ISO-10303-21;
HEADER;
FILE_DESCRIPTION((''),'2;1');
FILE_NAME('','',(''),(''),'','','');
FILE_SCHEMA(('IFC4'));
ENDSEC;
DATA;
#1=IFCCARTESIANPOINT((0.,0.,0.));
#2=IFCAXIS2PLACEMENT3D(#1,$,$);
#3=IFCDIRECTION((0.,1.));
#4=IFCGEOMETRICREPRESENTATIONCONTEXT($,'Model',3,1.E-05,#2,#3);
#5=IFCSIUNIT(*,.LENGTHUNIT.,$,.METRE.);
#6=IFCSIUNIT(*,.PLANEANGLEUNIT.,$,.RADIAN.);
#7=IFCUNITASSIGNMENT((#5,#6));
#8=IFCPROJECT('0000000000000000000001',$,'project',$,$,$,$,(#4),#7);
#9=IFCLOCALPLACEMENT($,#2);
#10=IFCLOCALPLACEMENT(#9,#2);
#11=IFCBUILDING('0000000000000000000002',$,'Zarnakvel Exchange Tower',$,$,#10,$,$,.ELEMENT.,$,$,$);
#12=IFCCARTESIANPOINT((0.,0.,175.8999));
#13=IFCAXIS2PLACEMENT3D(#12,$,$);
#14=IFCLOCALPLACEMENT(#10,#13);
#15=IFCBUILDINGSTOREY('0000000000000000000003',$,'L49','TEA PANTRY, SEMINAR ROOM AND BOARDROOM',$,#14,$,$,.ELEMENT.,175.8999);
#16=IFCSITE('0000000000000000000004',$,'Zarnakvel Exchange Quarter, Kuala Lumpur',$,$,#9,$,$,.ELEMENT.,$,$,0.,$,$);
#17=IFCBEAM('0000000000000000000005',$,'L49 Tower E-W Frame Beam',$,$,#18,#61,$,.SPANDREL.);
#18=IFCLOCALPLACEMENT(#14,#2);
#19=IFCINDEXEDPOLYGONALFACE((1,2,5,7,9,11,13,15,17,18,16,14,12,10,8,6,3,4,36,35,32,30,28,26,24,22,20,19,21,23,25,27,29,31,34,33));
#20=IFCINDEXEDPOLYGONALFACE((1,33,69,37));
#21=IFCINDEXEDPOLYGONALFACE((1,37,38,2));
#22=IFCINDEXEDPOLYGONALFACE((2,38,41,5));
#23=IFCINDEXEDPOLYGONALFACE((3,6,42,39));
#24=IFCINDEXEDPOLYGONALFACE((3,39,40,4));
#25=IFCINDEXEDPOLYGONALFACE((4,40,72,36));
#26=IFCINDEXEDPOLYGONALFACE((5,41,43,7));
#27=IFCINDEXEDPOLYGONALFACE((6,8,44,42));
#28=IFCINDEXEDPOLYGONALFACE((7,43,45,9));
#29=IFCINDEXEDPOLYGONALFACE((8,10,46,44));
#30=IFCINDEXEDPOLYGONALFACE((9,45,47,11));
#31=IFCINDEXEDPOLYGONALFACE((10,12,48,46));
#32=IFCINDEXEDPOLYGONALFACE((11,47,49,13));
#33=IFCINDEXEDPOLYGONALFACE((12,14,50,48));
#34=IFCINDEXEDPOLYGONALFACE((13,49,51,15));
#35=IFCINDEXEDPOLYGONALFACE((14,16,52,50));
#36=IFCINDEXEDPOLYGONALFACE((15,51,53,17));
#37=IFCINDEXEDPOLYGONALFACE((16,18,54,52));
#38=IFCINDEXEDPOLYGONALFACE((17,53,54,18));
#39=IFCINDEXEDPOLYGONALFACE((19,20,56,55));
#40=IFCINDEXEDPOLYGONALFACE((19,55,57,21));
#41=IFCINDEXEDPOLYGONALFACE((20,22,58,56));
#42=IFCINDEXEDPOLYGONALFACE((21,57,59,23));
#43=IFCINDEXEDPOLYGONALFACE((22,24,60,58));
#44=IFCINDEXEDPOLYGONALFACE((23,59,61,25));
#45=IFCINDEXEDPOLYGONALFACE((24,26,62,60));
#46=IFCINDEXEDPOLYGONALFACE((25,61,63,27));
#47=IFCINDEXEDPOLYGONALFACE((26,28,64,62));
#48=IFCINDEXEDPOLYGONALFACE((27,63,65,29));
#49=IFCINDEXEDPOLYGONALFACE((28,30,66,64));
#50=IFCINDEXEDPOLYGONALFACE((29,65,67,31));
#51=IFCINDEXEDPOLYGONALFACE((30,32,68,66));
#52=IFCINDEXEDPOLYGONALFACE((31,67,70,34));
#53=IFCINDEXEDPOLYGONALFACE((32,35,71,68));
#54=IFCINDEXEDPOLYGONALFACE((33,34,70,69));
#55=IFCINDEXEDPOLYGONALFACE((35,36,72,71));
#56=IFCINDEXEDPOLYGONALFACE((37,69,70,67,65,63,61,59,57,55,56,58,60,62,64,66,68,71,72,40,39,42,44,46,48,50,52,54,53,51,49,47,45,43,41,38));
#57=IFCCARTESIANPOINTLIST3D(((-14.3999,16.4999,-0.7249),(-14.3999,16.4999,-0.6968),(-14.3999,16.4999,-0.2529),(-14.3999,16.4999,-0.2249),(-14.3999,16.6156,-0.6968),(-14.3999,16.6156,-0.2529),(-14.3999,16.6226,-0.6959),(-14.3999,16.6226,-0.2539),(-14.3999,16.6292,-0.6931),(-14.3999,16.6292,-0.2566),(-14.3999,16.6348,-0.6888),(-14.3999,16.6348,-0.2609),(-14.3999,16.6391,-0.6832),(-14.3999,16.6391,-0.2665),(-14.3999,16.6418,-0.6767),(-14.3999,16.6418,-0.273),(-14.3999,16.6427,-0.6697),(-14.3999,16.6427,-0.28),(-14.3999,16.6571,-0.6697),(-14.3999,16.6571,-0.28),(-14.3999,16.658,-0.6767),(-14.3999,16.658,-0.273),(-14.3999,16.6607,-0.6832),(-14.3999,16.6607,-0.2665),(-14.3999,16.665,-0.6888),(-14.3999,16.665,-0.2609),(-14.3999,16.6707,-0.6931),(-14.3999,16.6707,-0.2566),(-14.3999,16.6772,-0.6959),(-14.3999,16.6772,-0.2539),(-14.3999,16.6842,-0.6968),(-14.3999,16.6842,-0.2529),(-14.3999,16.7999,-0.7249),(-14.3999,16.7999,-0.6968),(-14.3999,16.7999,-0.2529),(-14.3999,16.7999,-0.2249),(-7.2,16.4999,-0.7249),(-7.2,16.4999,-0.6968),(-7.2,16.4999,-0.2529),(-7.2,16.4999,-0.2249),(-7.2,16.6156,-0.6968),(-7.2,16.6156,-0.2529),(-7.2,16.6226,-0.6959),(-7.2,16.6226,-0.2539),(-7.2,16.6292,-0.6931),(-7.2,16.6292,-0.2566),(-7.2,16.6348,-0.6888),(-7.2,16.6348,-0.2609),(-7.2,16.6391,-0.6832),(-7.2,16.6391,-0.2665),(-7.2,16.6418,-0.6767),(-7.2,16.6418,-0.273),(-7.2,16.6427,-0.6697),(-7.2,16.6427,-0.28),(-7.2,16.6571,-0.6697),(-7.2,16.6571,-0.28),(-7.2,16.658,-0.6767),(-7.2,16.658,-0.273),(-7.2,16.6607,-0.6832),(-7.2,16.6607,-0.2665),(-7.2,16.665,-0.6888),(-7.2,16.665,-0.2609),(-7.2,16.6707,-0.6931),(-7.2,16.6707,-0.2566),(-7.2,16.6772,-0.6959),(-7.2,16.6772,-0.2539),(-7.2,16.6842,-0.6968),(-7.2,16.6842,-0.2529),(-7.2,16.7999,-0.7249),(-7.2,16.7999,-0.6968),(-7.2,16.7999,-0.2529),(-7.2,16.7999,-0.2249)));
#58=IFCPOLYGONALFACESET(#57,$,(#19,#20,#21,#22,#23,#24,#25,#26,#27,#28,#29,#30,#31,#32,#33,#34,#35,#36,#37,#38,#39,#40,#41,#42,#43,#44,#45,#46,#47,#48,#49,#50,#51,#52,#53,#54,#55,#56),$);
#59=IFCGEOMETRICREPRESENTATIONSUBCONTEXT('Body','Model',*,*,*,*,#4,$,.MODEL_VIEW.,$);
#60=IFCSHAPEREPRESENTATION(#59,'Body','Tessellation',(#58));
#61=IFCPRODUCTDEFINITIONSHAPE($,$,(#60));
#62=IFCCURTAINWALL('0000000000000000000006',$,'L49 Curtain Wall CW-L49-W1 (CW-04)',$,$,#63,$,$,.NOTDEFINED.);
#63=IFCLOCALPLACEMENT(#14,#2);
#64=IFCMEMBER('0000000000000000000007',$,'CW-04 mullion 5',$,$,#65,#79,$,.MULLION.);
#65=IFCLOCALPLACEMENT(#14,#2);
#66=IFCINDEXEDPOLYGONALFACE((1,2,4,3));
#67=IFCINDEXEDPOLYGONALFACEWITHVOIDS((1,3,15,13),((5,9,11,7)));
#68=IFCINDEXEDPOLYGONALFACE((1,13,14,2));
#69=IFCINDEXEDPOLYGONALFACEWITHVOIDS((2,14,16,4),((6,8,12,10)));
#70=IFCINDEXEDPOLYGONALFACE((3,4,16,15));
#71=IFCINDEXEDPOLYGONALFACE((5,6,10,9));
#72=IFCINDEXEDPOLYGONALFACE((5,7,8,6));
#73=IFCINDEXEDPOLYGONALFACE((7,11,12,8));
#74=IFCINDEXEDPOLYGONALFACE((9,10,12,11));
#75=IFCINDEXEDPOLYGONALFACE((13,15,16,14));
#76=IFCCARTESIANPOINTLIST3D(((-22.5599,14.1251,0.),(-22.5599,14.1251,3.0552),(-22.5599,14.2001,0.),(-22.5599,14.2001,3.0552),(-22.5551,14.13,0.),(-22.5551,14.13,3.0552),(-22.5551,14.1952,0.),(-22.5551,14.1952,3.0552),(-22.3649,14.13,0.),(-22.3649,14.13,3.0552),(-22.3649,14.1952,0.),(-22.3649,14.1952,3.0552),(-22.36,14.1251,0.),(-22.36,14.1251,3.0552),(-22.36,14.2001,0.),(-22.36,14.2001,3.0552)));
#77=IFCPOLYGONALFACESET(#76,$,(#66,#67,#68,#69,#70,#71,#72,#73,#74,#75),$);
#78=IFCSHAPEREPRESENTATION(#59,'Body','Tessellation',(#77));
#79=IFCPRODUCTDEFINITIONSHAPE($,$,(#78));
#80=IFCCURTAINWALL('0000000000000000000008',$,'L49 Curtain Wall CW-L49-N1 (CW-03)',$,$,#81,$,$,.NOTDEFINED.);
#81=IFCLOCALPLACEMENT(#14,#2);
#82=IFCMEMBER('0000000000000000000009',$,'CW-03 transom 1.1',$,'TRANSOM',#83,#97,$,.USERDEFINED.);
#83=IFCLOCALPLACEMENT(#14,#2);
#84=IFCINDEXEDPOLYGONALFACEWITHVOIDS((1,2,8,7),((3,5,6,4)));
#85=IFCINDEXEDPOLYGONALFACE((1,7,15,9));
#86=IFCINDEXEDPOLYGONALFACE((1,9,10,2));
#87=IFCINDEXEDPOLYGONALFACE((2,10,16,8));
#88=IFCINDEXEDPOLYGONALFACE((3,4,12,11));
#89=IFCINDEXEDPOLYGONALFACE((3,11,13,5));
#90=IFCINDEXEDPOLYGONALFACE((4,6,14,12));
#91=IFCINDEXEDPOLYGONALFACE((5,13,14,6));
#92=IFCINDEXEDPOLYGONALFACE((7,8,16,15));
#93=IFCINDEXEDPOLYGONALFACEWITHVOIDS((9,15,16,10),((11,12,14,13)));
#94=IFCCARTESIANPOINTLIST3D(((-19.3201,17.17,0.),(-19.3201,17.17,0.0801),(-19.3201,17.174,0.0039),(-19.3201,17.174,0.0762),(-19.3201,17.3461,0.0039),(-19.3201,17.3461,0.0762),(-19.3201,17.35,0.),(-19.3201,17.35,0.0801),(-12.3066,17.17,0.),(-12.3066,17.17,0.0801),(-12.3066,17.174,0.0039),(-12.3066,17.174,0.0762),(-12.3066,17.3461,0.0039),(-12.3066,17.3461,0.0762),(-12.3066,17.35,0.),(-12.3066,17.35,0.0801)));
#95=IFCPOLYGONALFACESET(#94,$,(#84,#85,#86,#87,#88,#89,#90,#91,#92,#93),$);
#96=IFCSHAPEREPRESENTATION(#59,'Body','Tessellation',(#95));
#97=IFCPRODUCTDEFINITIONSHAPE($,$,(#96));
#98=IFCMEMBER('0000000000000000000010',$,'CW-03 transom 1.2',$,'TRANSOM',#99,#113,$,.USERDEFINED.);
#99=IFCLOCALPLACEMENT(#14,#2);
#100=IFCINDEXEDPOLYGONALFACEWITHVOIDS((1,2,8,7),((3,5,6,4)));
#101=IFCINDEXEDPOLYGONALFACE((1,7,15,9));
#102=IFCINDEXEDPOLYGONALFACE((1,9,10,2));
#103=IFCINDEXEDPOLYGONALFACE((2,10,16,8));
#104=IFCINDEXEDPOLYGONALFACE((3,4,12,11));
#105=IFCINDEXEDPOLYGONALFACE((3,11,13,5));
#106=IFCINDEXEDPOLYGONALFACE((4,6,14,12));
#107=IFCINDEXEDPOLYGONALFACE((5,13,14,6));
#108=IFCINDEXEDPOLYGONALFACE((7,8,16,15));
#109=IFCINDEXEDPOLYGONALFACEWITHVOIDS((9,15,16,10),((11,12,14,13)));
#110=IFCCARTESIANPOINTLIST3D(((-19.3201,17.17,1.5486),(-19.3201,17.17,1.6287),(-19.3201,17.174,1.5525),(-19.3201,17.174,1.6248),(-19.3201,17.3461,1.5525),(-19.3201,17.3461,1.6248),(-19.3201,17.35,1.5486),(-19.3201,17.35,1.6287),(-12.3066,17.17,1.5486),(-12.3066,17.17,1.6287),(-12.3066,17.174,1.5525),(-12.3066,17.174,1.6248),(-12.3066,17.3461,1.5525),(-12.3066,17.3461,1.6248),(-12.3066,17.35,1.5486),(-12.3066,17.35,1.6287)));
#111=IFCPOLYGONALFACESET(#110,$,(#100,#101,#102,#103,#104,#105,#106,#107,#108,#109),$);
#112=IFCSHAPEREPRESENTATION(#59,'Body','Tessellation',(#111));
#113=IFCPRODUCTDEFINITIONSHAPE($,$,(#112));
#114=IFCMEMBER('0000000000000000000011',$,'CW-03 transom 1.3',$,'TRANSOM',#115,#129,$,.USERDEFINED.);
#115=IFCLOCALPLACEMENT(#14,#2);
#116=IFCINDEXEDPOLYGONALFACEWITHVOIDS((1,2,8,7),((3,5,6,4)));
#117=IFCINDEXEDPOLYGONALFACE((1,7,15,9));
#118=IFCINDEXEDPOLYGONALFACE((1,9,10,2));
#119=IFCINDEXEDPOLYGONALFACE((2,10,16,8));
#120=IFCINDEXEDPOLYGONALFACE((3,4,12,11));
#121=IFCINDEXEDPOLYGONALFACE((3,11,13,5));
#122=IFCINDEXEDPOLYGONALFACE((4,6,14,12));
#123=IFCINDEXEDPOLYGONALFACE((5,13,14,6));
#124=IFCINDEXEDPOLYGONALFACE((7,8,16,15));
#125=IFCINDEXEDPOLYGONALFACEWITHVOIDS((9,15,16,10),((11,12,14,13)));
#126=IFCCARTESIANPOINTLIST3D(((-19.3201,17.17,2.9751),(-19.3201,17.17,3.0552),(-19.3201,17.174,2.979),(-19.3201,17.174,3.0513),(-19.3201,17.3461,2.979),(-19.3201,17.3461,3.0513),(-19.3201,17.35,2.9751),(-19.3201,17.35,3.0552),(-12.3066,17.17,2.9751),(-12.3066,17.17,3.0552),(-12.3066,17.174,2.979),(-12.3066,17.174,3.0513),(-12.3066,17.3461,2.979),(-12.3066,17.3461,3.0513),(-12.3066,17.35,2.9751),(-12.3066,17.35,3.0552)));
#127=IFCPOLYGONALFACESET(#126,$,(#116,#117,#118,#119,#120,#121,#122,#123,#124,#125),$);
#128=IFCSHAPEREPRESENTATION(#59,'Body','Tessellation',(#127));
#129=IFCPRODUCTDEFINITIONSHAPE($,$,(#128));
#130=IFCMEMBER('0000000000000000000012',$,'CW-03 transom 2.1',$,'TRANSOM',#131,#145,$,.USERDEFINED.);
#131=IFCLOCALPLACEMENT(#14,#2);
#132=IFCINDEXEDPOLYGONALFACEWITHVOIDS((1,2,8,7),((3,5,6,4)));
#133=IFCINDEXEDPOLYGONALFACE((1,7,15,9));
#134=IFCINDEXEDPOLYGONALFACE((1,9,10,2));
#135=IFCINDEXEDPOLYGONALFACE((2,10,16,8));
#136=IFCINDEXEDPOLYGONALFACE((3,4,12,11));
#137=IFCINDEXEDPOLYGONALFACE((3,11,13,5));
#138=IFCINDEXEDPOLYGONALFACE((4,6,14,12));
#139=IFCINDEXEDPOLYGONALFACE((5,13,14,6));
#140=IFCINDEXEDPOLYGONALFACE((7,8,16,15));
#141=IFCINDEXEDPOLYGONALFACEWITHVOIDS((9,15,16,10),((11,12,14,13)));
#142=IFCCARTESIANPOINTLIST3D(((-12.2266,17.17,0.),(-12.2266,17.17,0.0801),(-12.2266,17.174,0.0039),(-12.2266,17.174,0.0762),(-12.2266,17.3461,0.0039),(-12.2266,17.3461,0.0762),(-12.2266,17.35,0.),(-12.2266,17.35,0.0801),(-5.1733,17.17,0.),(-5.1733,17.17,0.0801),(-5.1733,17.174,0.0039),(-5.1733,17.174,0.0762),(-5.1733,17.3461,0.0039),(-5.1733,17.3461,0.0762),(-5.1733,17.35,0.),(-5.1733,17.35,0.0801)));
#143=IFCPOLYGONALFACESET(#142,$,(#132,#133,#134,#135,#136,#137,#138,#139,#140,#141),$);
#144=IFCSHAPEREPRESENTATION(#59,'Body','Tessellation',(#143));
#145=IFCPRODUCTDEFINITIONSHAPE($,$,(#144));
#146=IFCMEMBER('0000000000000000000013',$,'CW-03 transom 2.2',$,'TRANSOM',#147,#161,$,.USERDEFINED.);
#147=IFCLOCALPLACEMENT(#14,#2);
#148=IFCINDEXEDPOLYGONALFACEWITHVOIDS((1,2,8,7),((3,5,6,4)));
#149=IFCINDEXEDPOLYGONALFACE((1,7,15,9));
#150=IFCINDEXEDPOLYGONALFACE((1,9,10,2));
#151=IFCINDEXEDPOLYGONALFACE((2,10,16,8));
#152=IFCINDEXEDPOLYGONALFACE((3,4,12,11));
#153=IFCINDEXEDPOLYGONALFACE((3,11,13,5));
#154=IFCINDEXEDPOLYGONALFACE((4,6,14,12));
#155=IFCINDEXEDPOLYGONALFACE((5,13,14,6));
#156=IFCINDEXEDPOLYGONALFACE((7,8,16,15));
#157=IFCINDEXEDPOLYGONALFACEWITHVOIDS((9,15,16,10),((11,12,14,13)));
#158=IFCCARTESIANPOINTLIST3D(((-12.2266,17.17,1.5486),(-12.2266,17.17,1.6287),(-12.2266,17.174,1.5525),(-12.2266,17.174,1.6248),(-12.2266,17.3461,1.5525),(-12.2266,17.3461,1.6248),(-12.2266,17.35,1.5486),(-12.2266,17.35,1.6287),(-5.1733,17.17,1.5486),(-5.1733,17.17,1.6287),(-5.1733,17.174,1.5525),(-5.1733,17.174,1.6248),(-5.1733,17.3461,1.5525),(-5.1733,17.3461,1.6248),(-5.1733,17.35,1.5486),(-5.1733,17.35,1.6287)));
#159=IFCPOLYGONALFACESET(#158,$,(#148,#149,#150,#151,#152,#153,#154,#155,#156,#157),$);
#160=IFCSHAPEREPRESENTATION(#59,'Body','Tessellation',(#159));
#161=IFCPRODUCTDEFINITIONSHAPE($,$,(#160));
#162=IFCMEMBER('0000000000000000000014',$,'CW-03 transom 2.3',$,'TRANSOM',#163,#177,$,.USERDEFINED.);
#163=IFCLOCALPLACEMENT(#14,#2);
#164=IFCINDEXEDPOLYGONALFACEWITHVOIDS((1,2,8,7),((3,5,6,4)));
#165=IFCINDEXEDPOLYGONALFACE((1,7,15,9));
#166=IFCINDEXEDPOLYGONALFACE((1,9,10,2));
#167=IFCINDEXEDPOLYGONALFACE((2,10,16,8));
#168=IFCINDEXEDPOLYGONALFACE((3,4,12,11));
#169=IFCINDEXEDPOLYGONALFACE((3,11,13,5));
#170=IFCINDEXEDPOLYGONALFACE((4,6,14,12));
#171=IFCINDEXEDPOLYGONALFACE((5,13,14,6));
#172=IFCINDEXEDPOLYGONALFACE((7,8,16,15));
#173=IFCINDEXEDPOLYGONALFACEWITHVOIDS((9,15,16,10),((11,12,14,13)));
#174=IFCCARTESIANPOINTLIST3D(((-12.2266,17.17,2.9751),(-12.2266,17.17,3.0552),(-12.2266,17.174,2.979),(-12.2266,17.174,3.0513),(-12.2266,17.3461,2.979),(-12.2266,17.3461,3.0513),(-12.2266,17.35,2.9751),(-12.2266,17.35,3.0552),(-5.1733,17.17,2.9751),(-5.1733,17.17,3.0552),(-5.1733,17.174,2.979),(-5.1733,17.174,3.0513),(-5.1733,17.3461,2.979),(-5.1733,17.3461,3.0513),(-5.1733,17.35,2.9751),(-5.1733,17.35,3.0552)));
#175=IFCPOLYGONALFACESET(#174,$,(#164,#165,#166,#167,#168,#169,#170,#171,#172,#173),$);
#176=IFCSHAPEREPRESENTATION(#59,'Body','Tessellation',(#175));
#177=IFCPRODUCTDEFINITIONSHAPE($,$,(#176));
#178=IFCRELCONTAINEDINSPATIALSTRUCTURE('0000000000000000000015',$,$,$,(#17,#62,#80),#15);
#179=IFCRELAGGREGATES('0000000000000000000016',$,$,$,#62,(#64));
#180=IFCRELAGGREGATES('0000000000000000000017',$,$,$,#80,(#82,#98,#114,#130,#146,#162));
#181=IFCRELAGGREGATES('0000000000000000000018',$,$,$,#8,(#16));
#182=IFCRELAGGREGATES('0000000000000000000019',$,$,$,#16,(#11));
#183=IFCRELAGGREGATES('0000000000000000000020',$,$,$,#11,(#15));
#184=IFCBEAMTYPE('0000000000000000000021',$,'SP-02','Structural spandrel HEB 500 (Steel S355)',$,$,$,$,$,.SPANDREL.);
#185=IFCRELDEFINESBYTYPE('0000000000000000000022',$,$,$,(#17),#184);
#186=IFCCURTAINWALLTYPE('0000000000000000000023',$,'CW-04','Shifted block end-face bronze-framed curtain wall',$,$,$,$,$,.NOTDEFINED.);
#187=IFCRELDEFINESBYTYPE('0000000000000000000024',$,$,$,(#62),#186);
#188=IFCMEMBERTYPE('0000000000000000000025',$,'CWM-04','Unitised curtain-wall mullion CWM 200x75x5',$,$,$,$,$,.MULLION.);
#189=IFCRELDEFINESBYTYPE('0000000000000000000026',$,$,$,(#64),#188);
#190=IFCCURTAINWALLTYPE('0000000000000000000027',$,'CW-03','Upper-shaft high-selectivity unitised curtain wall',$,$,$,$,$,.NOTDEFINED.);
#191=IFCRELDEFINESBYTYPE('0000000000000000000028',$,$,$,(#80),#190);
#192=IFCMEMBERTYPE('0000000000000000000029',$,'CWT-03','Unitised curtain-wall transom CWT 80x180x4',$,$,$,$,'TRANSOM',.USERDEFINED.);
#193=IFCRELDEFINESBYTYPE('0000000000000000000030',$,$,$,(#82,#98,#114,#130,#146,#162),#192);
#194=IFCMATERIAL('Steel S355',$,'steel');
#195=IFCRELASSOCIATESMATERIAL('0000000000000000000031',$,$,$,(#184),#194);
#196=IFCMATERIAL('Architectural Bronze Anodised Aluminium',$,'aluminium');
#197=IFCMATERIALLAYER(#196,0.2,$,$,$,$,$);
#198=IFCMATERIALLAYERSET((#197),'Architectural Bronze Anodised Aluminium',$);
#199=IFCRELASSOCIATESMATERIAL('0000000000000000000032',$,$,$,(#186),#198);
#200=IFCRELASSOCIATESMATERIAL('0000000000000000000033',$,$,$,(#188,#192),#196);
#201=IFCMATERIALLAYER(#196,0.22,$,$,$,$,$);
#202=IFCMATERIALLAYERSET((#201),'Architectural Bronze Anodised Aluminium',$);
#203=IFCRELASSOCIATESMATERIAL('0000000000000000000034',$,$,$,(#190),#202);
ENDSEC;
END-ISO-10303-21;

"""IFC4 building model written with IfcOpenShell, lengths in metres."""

from ifc_helpers import new_model, si_unit, direction, frame, origin, origin_2d, place, context, subcontext, project, spatial, hollow_rectangle, i_section, extrude, source, transform, mapped, material, layer, layer_set, material_profile, profile_set, type_object, element, aggregate, save


model = new_model("IFC4")

# Units and contexts
model_context = context("Model", 3, precision=1e-05, world=origin(), true_north=direction((0.0, 1.0)))
body_context = subcontext(model_context, "Body", "Model", "MODEL_VIEW")
ifc_project = project(units=[si_unit("LENGTHUNIT", "METRE"), si_unit("PLANEANGLEUNIT", "RADIAN")], contexts=[model_context])

# Site, building, storey
site_placement = place(None, origin())
site = spatial("IfcSite", under=ifc_project, at=site_placement, Name="Zarnakvel Exchange Quarter, Kuala Lumpur", CompositionType="ELEMENT", RefElevation=0.0)
building_placement = place(site_placement, origin())
building = spatial("IfcBuilding", under=site, at=building_placement, Name="Zarnakvel Exchange Tower", CompositionType="ELEMENT")
storey_placement = place(building_placement, frame((0.0, 0.0, 175.8999)))
storey = spatial("IfcBuildingStorey", under=building, at=storey_placement, Name="L49", Description="TEA PANTRY, SEMINAR ROOM AND BOARDROOM", CompositionType="ELEMENT", Elevation=175.8999)

# Shared definitions
ifc_material_1 = material(Name="Steel S355", Category="steel")

# Beam
ifc_material_profile_1 = material_profile(ifc_material_1, i_section(OverallWidth=0.3, OverallDepth=0.5, WebThickness=0.0144, FlangeThickness=0.0281, FilletRadius=0.0271, at=origin_2d()))
ifc_profile_set_1 = profile_set([ifc_material_profile_1], Name="Steel S355")
beam_type_1 = type_object("IfcBeamType", Name="SP-02", Description="Structural spandrel HEB 500 (Steel S355)", PredefinedType="SPANDREL", material=ifc_profile_set_1)
beam_1_placement = place(storey_placement, frame((-14.3999, 16.6499, -0.4749), z_axis=(1.0, 0.0, 0.0), x_axis=(0.0, 1.0, 0.0)))
element("IfcBeam", 1, at=beam_1_placement, inside=storey, type_object=beam_type_1, Name="L49 Tower E-W Frame Beam", PredefinedType="SPANDREL", context=body_context, shape_type="SweptSolid", body=[
    extrude(i_section(OverallWidth=0.3, OverallDepth=0.5, WebThickness=0.0144, FlangeThickness=0.0281, FilletRadius=0.0271, at=origin_2d()), origin(), (0.0, 0.0, 1.0), 7.2),
])

# Curtain wall, member
ifc_material_2 = material(Name="Architectural Bronze Anodised Aluminium", Category="aluminium")
ifc_layer_1 = layer(ifc_material_2, 0.2)
ifc_layer_set_1 = layer_set([ifc_layer_1], Name="Architectural Bronze Anodised Aluminium")
curtain_wall_type_1 = type_object("IfcCurtainWallType", Name="CW-04", Description="Shifted block end-face bronze-framed curtain wall", PredefinedType="NOTDEFINED", material=ifc_layer_set_1)
curtain_wall_1_placement = place(storey_placement, origin())
curtain_wall_1 = element("IfcCurtainWall", 2, at=curtain_wall_1_placement, inside=storey, type_object=curtain_wall_type_1, Name="L49 Curtain Wall CW-L49-W1 (CW-04)", PredefinedType="NOTDEFINED")
ifc_material_profile_2 = material_profile(ifc_material_2, hollow_rectangle(XDim=0.2, YDim=0.075, WallThickness=0.0049, at=origin_2d()))
ifc_profile_set_2 = profile_set([ifc_material_profile_2], Name="Architectural Bronze Anodised Aluminium")
member_type_1 = type_object("IfcMemberType", Name="CWM-04", Description="Unitised curtain-wall mullion CWM 200x75x5", PredefinedType="MULLION", material=ifc_profile_set_2)
shared_shape_1 = source(origin(), body_context, "Body", "SweptSolid", [
    extrude(hollow_rectangle(XDim=0.2, YDim=0.075, WallThickness=0.0049, at=origin_2d()), origin(), (0.0, 0.0, 1.0), 3.0552),
])
member_1_placement = place(storey_placement, frame((-22.46, 14.1626, 0.0), z_axis=(0.0, 0.0, 1.0), x_axis=(-1.0, 0.0, 0.0)))
member_1 = element("IfcMember", 3, at=member_1_placement, type_object=member_type_1, Name="CW-04 mullion 5", PredefinedType="MULLION", context=body_context, shape_type="MappedRepresentation", body=[
    mapped(shared_shape_1, transform((0.0, 0.0, 0.0), x_axis=(1.0, 0.0, 0.0), y_axis=(0.0, 1.0, 0.0), z_axis=(0.0, 0.0, 1.0), scale=1.0)),
])
aggregate(curtain_wall_1, [member_1])

# Curtain wall, members
ifc_layer_2 = layer(ifc_material_2, 0.22)
ifc_layer_set_2 = layer_set([ifc_layer_2], Name="Architectural Bronze Anodised Aluminium")
curtain_wall_type_2 = type_object("IfcCurtainWallType", Name="CW-03", Description="Upper-shaft high-selectivity unitised curtain wall", PredefinedType="NOTDEFINED", material=ifc_layer_set_2)
curtain_wall_2_placement = place(storey_placement, origin())
curtain_wall_2 = element("IfcCurtainWall", 4, at=curtain_wall_2_placement, inside=storey, type_object=curtain_wall_type_2, Name="L49 Curtain Wall CW-L49-N1 (CW-03)", PredefinedType="NOTDEFINED")
ifc_material_profile_3 = material_profile(ifc_material_2, hollow_rectangle(XDim=0.1799, YDim=0.0801, WallThickness=0.0039, at=origin_2d()))
ifc_profile_set_3 = profile_set([ifc_material_profile_3], Name="Architectural Bronze Anodised Aluminium")
member_type_2 = type_object("IfcMemberType", Name="CWT-03", Description="Unitised curtain-wall transom CWT 80x180x4", ElementType="TRANSOM", PredefinedType="USERDEFINED", material=ifc_profile_set_3)
shared_shape_2 = source(origin(), body_context, "Body", "SweptSolid", [
    extrude(hollow_rectangle(XDim=0.1799, YDim=0.0801, WallThickness=0.0039, at=origin_2d()), origin(), (0.0, 0.0, 1.0), 7.0134),
])
member_2_placement = place(storey_placement, frame((-19.3201, 17.26, 0.04), z_axis=(1.0, 0.0, 0.0), x_axis=(0.0, 1.0, 0.0)))
member_2 = element("IfcMember", 5, at=member_2_placement, type_object=member_type_2, Name="CW-03 transom 1.1", ObjectType="TRANSOM", PredefinedType="USERDEFINED", context=body_context, shape_type="MappedRepresentation", body=[
    mapped(shared_shape_2, transform((0.0, 0.0, 0.0), x_axis=(1.0, 0.0, 0.0), y_axis=(0.0, 1.0, 0.0), z_axis=(0.0, 0.0, 1.0), scale=1.0)),
])
member_3_placement = place(storey_placement, frame((-19.3201, 17.26, 1.5886), z_axis=(1.0, 0.0, 0.0), x_axis=(0.0, 1.0, 0.0)))
member_3 = element("IfcMember", 6, at=member_3_placement, type_object=member_type_2, Name="CW-03 transom 1.2", ObjectType="TRANSOM", PredefinedType="USERDEFINED", context=body_context, shape_type="MappedRepresentation", body=[
    mapped(shared_shape_2, transform((0.0, 0.0, 0.0), x_axis=(1.0, 0.0, 0.0), y_axis=(0.0, 1.0, 0.0), z_axis=(0.0, 0.0, 1.0), scale=1.0)),
])
member_4_placement = place(storey_placement, frame((-19.3201, 17.26, 3.0151), z_axis=(1.0, 0.0, 0.0), x_axis=(0.0, 1.0, 0.0)))
member_4 = element("IfcMember", 7, at=member_4_placement, type_object=member_type_2, Name="CW-03 transom 1.3", ObjectType="TRANSOM", PredefinedType="USERDEFINED", context=body_context, shape_type="MappedRepresentation", body=[
    mapped(shared_shape_2, transform((0.0, 0.0, 0.0), x_axis=(1.0, 0.0, 0.0), y_axis=(0.0, 1.0, 0.0), z_axis=(0.0, 0.0, 1.0), scale=1.0)),
])
shared_shape_3 = source(origin(), body_context, "Body", "SweptSolid", [
    extrude(hollow_rectangle(XDim=0.1799, YDim=0.0801, WallThickness=0.0039, at=origin_2d()), origin(), (0.0, 0.0, 1.0), 7.0532),
])
member_5_placement = place(storey_placement, frame((-12.2266, 17.26, 0.04), z_axis=(1.0, 0.0, 0.0), x_axis=(0.0, 1.0, 0.0)))
member_5 = element("IfcMember", 8, at=member_5_placement, type_object=member_type_2, Name="CW-03 transom 2.1", ObjectType="TRANSOM", PredefinedType="USERDEFINED", context=body_context, shape_type="MappedRepresentation", body=[
    mapped(shared_shape_3, transform((0.0, 0.0, 0.0), x_axis=(1.0, 0.0, 0.0), y_axis=(0.0, 1.0, 0.0), z_axis=(0.0, 0.0, 1.0), scale=1.0)),
])
member_6_placement = place(storey_placement, frame((-12.2266, 17.26, 1.5886), z_axis=(1.0, 0.0, 0.0), x_axis=(0.0, 1.0, 0.0)))
member_6 = element("IfcMember", 9, at=member_6_placement, type_object=member_type_2, Name="CW-03 transom 2.2", ObjectType="TRANSOM", PredefinedType="USERDEFINED", context=body_context, shape_type="MappedRepresentation", body=[
    mapped(shared_shape_3, transform((0.0, 0.0, 0.0), x_axis=(1.0, 0.0, 0.0), y_axis=(0.0, 1.0, 0.0), z_axis=(0.0, 0.0, 1.0), scale=1.0)),
])
member_7_placement = place(storey_placement, frame((-12.2266, 17.26, 3.0151), z_axis=(1.0, 0.0, 0.0), x_axis=(0.0, 1.0, 0.0)))
member_7 = element("IfcMember", 10, at=member_7_placement, type_object=member_type_2, Name="CW-03 transom 2.3", ObjectType="TRANSOM", PredefinedType="USERDEFINED", context=body_context, shape_type="MappedRepresentation", body=[
    mapped(shared_shape_3, transform((0.0, 0.0, 0.0), x_axis=(1.0, 0.0, 0.0), y_axis=(0.0, 1.0, 0.0), z_axis=(0.0, 0.0, 1.0), scale=1.0)),
])
aggregate(curtain_wall_2, [member_2, member_3, member_4, member_5, member_6, member_7])

save(model, "model.ifc")
